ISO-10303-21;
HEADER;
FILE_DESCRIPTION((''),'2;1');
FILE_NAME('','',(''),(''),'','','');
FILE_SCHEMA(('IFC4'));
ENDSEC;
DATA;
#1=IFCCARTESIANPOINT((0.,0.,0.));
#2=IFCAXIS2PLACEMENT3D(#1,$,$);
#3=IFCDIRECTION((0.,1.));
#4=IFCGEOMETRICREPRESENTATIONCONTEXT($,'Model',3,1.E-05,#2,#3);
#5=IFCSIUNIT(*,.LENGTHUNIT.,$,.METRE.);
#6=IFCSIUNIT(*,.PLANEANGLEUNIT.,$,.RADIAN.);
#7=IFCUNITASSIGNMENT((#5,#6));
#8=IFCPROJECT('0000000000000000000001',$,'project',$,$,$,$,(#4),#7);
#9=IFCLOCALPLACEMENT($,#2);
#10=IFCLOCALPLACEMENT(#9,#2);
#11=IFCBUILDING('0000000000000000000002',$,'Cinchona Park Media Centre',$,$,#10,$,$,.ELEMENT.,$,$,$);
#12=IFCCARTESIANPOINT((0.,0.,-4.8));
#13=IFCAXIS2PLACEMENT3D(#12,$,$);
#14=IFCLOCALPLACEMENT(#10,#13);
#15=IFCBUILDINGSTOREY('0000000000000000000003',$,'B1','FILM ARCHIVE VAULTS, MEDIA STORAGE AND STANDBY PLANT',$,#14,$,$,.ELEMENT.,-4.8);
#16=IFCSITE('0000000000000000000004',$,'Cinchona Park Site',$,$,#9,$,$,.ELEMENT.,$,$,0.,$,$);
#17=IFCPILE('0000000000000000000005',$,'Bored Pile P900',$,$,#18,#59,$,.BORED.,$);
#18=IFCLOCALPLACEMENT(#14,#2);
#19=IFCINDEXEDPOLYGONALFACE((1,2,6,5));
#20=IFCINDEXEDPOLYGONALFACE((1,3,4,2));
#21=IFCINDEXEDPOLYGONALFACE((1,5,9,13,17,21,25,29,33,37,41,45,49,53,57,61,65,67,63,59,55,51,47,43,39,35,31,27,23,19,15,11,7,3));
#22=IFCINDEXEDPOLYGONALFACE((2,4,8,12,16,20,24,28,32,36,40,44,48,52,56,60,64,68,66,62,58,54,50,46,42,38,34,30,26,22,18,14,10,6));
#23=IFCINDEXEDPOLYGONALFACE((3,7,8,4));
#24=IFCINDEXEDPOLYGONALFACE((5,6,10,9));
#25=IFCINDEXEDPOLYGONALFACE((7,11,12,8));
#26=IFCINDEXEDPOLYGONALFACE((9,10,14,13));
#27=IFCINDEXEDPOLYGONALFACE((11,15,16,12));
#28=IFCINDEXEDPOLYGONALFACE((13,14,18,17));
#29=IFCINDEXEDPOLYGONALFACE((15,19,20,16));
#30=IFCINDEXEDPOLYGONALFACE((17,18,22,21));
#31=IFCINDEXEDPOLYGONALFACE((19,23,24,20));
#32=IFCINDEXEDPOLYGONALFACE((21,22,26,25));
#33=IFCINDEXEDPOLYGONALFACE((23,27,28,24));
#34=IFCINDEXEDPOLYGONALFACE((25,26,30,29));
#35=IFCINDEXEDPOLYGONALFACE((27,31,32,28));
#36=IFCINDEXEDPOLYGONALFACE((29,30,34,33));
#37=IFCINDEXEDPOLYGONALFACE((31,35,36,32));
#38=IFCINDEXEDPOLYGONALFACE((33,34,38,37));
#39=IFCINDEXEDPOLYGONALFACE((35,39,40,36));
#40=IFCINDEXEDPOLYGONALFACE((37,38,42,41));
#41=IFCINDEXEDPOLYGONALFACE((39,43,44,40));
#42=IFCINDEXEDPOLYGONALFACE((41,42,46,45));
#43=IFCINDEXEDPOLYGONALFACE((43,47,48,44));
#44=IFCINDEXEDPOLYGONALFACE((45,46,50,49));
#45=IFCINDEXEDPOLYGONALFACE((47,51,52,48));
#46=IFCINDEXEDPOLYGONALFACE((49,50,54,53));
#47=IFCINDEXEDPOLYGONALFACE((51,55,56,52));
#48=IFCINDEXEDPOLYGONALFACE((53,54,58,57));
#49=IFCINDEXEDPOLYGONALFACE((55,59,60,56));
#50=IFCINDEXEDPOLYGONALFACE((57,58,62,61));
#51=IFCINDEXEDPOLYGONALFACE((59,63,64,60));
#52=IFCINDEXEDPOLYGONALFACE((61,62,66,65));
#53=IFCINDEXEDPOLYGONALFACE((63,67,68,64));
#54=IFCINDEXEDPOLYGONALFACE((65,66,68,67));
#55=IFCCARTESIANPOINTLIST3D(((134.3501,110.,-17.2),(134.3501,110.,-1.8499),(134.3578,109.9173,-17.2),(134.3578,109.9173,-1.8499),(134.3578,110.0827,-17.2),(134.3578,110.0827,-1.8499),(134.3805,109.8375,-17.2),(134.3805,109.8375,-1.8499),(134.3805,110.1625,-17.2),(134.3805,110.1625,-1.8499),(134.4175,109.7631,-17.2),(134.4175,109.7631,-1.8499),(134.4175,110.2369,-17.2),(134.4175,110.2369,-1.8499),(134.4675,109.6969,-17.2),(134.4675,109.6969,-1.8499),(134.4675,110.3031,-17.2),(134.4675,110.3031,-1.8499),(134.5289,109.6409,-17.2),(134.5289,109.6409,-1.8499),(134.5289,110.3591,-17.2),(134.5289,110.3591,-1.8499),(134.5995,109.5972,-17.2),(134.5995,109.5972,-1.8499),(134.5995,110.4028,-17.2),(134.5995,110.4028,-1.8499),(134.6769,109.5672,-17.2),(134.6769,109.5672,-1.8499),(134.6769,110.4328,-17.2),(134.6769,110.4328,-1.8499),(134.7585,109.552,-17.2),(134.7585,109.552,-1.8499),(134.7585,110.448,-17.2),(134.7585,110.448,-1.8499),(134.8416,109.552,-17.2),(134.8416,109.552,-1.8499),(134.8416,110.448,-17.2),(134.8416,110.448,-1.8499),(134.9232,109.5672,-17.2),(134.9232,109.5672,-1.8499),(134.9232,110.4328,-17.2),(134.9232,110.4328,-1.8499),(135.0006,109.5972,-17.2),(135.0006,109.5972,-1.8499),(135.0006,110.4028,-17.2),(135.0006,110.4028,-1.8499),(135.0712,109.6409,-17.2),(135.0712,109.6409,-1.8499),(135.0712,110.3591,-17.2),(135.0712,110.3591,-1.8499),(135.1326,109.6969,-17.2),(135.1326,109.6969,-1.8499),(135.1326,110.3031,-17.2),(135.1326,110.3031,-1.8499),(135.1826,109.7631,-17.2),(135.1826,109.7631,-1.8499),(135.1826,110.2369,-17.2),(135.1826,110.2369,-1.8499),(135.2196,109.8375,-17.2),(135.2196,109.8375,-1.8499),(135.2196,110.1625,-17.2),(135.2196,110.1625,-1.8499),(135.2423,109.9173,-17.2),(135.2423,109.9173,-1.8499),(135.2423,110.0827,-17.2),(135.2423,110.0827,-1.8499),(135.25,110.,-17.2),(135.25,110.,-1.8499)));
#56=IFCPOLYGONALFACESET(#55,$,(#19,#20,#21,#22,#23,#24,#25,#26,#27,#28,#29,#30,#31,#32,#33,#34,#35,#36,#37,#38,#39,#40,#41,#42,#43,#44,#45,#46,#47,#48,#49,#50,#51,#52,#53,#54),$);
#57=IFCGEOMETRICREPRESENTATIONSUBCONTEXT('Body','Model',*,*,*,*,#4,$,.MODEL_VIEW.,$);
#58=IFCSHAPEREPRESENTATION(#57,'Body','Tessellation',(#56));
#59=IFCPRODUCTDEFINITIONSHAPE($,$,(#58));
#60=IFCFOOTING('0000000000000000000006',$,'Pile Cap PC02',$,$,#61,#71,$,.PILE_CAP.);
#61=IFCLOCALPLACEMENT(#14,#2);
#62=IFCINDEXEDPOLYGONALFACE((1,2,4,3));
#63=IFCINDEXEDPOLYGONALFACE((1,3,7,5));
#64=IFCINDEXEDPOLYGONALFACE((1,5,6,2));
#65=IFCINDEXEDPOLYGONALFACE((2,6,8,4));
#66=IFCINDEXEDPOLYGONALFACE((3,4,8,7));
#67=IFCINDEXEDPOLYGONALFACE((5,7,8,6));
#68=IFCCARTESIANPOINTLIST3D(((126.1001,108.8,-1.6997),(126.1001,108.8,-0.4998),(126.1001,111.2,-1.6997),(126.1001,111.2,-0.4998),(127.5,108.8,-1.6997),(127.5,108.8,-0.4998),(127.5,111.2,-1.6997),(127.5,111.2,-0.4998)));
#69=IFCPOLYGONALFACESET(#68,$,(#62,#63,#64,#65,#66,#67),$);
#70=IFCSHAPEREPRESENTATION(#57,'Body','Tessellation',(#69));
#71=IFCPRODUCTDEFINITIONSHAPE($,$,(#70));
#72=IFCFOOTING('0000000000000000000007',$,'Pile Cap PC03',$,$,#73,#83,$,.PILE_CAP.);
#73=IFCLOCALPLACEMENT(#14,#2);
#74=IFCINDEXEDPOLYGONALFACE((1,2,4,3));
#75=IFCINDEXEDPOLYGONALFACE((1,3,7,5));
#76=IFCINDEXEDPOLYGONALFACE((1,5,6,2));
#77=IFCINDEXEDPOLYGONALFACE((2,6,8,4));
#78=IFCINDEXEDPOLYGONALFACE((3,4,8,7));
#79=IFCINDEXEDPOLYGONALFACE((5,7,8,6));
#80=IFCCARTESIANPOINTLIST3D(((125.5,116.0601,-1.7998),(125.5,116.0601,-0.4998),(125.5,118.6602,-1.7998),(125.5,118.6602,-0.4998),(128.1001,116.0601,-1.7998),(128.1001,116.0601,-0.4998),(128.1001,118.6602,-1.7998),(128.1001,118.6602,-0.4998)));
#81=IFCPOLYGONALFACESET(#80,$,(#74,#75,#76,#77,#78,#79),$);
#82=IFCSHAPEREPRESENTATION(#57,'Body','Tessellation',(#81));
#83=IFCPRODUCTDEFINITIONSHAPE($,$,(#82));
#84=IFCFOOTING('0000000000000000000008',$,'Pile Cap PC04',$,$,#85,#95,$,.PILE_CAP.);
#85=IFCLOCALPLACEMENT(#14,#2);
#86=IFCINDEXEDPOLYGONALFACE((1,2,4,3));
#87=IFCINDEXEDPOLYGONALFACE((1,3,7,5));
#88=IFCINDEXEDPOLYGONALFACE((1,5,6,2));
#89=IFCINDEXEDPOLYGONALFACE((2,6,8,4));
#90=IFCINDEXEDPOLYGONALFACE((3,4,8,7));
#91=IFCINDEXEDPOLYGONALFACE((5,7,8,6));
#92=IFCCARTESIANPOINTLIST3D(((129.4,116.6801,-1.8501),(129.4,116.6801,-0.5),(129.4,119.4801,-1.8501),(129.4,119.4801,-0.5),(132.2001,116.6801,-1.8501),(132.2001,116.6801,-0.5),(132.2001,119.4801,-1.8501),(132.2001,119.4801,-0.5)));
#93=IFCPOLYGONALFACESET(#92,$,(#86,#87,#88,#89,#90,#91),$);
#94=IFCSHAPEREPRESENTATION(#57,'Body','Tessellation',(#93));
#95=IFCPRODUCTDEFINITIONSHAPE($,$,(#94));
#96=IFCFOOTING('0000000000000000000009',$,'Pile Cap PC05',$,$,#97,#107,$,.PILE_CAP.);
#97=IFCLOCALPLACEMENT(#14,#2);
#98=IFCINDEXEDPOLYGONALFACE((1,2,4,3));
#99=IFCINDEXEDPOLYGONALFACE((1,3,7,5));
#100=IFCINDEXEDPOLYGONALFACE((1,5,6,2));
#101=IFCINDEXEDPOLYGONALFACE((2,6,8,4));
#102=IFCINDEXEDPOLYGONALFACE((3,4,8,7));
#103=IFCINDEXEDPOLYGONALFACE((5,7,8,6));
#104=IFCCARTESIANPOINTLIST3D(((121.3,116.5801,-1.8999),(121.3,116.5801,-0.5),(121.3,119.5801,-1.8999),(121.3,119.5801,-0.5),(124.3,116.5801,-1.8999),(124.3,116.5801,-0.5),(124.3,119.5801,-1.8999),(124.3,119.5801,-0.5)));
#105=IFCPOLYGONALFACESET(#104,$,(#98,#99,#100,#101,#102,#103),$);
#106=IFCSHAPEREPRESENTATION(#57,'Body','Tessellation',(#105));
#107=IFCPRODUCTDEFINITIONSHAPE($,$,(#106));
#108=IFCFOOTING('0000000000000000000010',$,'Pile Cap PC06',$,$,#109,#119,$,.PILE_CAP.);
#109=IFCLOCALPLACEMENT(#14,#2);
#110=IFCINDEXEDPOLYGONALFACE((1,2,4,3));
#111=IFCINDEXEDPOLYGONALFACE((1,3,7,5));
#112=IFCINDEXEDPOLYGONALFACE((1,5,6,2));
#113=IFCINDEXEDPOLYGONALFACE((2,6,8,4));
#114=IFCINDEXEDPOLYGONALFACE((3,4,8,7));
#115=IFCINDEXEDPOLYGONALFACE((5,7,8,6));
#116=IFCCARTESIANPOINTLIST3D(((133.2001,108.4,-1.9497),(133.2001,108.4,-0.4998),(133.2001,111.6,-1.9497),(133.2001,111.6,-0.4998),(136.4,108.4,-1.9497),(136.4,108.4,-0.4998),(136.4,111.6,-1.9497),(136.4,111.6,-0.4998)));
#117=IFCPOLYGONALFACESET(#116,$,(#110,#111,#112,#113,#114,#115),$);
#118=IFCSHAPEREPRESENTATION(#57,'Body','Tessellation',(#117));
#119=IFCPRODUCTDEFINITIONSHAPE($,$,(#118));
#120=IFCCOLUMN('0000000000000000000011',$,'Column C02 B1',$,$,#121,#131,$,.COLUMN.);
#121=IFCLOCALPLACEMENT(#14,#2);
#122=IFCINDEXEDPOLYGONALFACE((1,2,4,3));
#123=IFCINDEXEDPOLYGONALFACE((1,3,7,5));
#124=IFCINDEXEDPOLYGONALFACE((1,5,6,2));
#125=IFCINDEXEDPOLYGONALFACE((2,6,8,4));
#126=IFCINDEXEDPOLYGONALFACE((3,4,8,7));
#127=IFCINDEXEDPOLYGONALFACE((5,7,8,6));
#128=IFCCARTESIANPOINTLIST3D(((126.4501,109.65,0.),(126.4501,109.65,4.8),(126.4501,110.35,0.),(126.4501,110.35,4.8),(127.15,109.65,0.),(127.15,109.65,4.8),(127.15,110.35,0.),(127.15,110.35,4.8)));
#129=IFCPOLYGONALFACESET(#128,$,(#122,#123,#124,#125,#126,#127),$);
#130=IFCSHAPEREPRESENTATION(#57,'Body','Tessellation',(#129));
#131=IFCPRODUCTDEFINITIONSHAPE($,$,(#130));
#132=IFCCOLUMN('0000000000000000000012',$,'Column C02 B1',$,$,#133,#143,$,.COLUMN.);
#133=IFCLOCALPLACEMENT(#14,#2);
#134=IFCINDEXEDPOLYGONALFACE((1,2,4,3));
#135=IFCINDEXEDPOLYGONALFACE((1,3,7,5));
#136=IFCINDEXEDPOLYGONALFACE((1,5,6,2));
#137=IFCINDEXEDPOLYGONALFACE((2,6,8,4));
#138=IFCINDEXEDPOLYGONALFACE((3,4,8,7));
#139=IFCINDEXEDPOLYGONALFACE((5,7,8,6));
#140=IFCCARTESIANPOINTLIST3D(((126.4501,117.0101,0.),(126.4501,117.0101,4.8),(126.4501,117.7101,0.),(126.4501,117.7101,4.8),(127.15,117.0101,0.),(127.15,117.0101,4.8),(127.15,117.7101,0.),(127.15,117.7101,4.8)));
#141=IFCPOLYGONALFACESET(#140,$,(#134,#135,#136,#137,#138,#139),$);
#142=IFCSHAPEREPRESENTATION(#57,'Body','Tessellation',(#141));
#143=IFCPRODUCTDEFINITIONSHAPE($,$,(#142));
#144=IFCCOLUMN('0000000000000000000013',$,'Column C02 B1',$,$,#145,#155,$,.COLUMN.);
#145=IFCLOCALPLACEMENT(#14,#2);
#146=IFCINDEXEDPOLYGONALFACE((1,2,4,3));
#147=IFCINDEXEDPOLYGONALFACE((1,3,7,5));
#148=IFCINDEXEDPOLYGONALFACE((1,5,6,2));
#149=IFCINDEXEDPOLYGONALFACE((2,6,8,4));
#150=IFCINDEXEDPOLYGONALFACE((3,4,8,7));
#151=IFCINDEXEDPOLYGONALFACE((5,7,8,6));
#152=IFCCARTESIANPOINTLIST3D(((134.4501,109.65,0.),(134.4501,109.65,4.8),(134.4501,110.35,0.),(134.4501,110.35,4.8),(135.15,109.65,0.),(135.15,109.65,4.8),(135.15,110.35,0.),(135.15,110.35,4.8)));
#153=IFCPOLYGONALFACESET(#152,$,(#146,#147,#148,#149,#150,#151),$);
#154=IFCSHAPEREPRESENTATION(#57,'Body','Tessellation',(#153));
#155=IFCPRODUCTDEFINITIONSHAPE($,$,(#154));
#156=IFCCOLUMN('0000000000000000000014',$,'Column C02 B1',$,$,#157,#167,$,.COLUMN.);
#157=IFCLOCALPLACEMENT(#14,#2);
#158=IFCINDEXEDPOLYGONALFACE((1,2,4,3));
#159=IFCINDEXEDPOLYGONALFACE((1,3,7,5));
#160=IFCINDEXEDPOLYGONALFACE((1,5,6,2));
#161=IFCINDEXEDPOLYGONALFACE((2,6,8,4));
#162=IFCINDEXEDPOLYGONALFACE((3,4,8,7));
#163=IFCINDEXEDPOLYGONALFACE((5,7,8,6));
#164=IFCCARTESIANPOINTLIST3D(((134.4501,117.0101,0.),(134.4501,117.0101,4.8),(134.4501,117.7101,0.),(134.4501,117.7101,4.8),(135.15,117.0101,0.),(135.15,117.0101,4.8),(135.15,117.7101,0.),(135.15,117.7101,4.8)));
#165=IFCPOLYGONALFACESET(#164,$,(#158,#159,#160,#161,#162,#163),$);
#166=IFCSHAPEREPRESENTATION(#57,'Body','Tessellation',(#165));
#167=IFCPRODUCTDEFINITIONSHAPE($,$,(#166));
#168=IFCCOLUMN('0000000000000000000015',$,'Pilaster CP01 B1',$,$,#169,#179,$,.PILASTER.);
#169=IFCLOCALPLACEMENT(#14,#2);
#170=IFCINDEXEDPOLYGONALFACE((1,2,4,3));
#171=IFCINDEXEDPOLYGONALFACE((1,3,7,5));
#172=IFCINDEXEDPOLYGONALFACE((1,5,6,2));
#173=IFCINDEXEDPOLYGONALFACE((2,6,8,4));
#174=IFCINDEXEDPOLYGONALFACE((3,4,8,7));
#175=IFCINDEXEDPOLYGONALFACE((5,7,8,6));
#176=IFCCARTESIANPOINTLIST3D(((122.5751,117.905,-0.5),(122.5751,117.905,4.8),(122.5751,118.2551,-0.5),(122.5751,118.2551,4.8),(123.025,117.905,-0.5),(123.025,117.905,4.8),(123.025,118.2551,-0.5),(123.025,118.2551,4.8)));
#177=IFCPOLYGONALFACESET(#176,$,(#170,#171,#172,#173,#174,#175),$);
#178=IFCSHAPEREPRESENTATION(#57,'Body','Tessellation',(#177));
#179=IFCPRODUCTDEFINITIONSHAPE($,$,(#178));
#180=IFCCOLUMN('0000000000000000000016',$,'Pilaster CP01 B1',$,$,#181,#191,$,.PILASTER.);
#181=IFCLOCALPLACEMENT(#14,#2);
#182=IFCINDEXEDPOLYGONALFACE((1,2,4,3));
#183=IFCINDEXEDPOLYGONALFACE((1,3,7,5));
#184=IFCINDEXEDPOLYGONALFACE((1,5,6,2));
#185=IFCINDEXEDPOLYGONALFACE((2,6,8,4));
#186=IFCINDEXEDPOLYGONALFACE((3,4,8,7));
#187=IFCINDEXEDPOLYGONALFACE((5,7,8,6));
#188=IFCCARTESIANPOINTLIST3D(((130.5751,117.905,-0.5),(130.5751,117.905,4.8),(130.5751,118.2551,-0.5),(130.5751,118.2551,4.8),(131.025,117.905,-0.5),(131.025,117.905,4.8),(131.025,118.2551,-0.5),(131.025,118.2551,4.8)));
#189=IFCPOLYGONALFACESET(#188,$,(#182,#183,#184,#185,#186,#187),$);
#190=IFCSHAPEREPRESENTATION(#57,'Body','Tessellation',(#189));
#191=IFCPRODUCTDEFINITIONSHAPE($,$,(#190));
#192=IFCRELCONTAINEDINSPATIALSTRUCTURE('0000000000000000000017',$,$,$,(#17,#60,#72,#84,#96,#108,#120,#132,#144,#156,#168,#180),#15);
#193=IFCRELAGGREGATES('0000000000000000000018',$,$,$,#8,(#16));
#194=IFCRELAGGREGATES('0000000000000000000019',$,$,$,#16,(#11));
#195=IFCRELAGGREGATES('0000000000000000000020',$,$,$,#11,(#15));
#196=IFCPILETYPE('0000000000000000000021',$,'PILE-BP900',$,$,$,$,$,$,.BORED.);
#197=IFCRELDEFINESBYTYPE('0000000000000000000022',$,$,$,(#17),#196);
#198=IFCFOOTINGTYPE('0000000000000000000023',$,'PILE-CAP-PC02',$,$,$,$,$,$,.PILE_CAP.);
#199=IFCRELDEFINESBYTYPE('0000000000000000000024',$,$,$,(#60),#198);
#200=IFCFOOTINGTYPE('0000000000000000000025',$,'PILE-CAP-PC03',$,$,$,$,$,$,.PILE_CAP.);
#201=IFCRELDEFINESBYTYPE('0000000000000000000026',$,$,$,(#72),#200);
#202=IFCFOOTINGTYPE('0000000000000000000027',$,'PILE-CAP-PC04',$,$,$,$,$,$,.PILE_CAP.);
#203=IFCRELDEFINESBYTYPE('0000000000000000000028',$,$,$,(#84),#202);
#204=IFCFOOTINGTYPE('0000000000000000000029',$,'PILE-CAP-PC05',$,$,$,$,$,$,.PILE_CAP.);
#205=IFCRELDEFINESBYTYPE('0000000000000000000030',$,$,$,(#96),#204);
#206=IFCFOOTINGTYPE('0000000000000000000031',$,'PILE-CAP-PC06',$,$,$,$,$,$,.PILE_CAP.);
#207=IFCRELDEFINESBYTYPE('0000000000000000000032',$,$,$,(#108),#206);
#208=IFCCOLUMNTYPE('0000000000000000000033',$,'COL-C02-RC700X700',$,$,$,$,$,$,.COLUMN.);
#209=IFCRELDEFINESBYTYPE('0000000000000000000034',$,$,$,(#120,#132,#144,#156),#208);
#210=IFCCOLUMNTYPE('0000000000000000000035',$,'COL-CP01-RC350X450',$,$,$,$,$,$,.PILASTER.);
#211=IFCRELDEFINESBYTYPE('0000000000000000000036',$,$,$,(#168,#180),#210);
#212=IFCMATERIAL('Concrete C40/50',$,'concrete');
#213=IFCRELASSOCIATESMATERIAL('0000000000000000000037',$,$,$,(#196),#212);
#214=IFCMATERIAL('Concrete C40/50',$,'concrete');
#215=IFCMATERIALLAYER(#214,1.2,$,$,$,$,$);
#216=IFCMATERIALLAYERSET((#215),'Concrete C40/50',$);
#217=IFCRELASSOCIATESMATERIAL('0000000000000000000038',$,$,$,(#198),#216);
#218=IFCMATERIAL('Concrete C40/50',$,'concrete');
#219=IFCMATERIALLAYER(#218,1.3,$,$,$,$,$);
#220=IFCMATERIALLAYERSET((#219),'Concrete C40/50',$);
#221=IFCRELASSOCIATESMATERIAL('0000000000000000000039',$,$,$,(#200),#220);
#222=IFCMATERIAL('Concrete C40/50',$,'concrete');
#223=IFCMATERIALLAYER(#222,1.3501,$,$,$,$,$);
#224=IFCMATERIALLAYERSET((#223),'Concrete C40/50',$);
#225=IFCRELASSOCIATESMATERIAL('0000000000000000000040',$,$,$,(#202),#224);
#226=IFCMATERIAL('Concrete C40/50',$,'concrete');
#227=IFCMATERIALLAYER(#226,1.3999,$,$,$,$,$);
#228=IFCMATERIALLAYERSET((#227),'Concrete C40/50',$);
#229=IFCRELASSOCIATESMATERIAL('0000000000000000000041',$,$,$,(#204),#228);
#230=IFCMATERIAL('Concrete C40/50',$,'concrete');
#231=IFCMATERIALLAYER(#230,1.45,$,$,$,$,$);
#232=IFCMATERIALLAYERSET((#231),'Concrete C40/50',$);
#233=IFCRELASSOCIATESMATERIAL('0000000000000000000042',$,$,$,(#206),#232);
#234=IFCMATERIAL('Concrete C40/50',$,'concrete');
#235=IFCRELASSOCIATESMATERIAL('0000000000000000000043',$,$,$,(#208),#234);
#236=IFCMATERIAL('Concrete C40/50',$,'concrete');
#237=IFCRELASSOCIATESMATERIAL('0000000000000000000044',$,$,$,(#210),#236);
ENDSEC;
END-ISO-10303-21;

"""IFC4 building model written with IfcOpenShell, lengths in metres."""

from ifc_helpers import new_model, si_unit, direction, frame, origin, origin_2d, place, context, subcontext, project, spatial, rectangle, circle, extrude, material, layer, layer_set, material_profile, profile_set, type_object, element, save


model = new_model("IFC4")

# Units and contexts
model_context = context("Model", 3, precision=1e-05, world=origin(), true_north=direction((0.0, 1.0)))
body_context = subcontext(model_context, "Body", "Model", "MODEL_VIEW")
ifc_project = project(units=[si_unit("LENGTHUNIT", "METRE"), si_unit("PLANEANGLEUNIT", "RADIAN")], contexts=[model_context])

# Site, building, storey
site_placement = place(None, origin())
site = spatial("IfcSite", under=ifc_project, at=site_placement, Name="Cinchona Park Site", CompositionType="ELEMENT", RefElevation=0.0)
building_placement = place(site_placement, origin())
building = spatial("IfcBuilding", under=site, at=building_placement, Name="Cinchona Park Media Centre", CompositionType="ELEMENT")
storey_placement = place(building_placement, frame((0.0, 0.0, -4.8)))
storey = spatial("IfcBuildingStorey", under=building, at=storey_placement, Name="B1", Description="FILM ARCHIVE VAULTS, MEDIA STORAGE AND STANDBY PLANT", CompositionType="ELEMENT", Elevation=-4.8)

# Pile
ifc_material_1 = material(Name="Concrete C40/50", Category="concrete")
ifc_material_profile_1 = material_profile(ifc_material_1, circle(Radius=0.45, at=origin_2d()), Name="BORED PILE 900")
ifc_profile_set_1 = profile_set([ifc_material_profile_1], Name="Concrete C40/50")
pile_type_1 = type_object("IfcPileType", Name="PILE-BP900", PredefinedType="BORED", material=ifc_profile_set_1)
pile_1_placement = place(storey_placement, frame((134.8, 110.0, -1.8499), z_axis=(0.0, 0.0, -1.0), x_axis=(1.0, 0.0, 0.0)))
element("IfcPile", 1, at=pile_1_placement, inside=storey, type_object=pile_type_1, Name="Bored Pile P900", PredefinedType="BORED", context=body_context, shape_type="SweptSolid", body=[
    extrude(circle(Radius=0.45, at=origin_2d()), origin(), (0.0, 0.0, 1.0), 15.3501),
])

# Footings
ifc_material_2 = material(Name="Concrete C40/50", Category="concrete")
ifc_layer_1 = layer(ifc_material_2, 1.2)
ifc_layer_set_1 = layer_set([ifc_layer_1], Name="Concrete C40/50")
footing_type_1 = type_object("IfcFootingType", Name="PILE-CAP-PC02", PredefinedType="PILE_CAP", material=ifc_layer_set_1)
footing_1_placement = place(storey_placement, frame((126.8, 110.0, -1.6997), z_axis=(0.0, 0.0, 1.0), x_axis=(1.0, 0.0, 0.0)))
element("IfcFooting", 2, at=footing_1_placement, inside=storey, type_object=footing_type_1, Name="Pile Cap PC02", PredefinedType="PILE_CAP", context=body_context, shape_type="SweptSolid", body=[
    extrude(rectangle(XDim=1.3999, YDim=2.3999, at=origin_2d()), origin(), (0.0, 0.0, 1.0), 1.2),
])
ifc_material_3 = material(Name="Concrete C40/50", Category="concrete")
ifc_layer_2 = layer(ifc_material_3, 1.3)
ifc_layer_set_2 = layer_set([ifc_layer_2], Name="Concrete C40/50")
footing_type_2 = type_object("IfcFootingType", Name="PILE-CAP-PC03", PredefinedType="PILE_CAP", material=ifc_layer_set_2)
footing_2_placement = place(storey_placement, frame((126.8, 117.3601, -1.7998), z_axis=(0.0, 0.0, 1.0), x_axis=(1.0, 0.0, 0.0)))
element("IfcFooting", 3, at=footing_2_placement, inside=storey, type_object=footing_type_2, Name="Pile Cap PC03", PredefinedType="PILE_CAP", context=body_context, shape_type="SweptSolid", body=[
    extrude(rectangle(XDim=2.6001, YDim=2.6001, at=origin_2d()), origin(), (0.0, 0.0, 1.0), 1.3),
])
ifc_material_4 = material(Name="Concrete C40/50", Category="concrete")
ifc_layer_3 = layer(ifc_material_4, 1.3501)
ifc_layer_set_3 = layer_set([ifc_layer_3], Name="Concrete C40/50")
footing_type_3 = type_object("IfcFootingType", Name="PILE-CAP-PC04", PredefinedType="PILE_CAP", material=ifc_layer_set_3)
footing_3_placement = place(storey_placement, frame((130.8, 118.0801, -1.8501), z_axis=(0.0, 0.0, 1.0), x_axis=(1.0, 0.0, 0.0)))
element("IfcFooting", 4, at=footing_3_placement, inside=storey, type_object=footing_type_3, Name="Pile Cap PC04", PredefinedType="PILE_CAP", context=body_context, shape_type="SweptSolid", body=[
    extrude(rectangle(XDim=2.8, YDim=2.8, at=origin_2d()), origin(), (0.0, 0.0, 1.0), 1.3501),
])
ifc_material_5 = material(Name="Concrete C40/50", Category="concrete")
ifc_layer_4 = layer(ifc_material_5, 1.3999)
ifc_layer_set_4 = layer_set([ifc_layer_4], Name="Concrete C40/50")
footing_type_4 = type_object("IfcFootingType", Name="PILE-CAP-PC05", PredefinedType="PILE_CAP", material=ifc_layer_set_4)
footing_4_placement = place(storey_placement, frame((122.8, 118.0801, -1.8999), z_axis=(0.0, 0.0, 1.0), x_axis=(1.0, 0.0, 0.0)))
element("IfcFooting", 5, at=footing_4_placement, inside=storey, type_object=footing_type_4, Name="Pile Cap PC05", PredefinedType="PILE_CAP", context=body_context, shape_type="SweptSolid", body=[
    extrude(rectangle(XDim=3.0, YDim=3.0, at=origin_2d()), origin(), (0.0, 0.0, 1.0), 1.3999),
])
ifc_material_6 = material(Name="Concrete C40/50", Category="concrete")
ifc_layer_5 = layer(ifc_material_6, 1.45)
ifc_layer_set_5 = layer_set([ifc_layer_5], Name="Concrete C40/50")
footing_type_5 = type_object("IfcFootingType", Name="PILE-CAP-PC06", PredefinedType="PILE_CAP", material=ifc_layer_set_5)
footing_5_placement = place(storey_placement, frame((134.8, 110.0, -1.9497), z_axis=(0.0, 0.0, 1.0), x_axis=(1.0, 0.0, 0.0)))
element("IfcFooting", 6, at=footing_5_placement, inside=storey, type_object=footing_type_5, Name="Pile Cap PC06", PredefinedType="PILE_CAP", context=body_context, shape_type="SweptSolid", body=[
    extrude(rectangle(XDim=3.2, YDim=3.2, at=origin_2d()), origin(), (0.0, 0.0, 1.0), 1.45),
])

# Columns
ifc_material_7 = material(Name="Concrete C40/50", Category="concrete")
ifc_material_profile_2 = material_profile(ifc_material_7, rectangle(XDim=0.7, YDim=0.7, at=origin_2d()), Name="RC 700X700")
ifc_profile_set_2 = profile_set([ifc_material_profile_2], Name="Concrete C40/50")
column_type_1 = type_object("IfcColumnType", Name="COL-C02-RC700X700", PredefinedType="COLUMN", material=ifc_profile_set_2)
for number, where, z_axis, x_axis, name in (
    (7, (126.8, 110.0, 0.0), (0.0, 0.0, 1.0), (1.0, 0.0, 0.0), "Column C02 B1"),
    (8, (126.8, 117.3601, 0.0), (0.0, 0.0, 1.0), (1.0, 0.0, 0.0), "Column C02 B1"),
    (9, (134.8, 110.0, 0.0), (0.0, 0.0, 1.0), (1.0, 0.0, 0.0), "Column C02 B1"),
    (10, (134.8, 117.3601, 0.0), (0.0, 0.0, 1.0), (1.0, 0.0, 0.0), "Column C02 B1"),
):
    element("IfcColumn", number, at=place(storey_placement, frame(where, z_axis=z_axis, x_axis=x_axis)), inside=storey, type_object=column_type_1, Name=name, PredefinedType="COLUMN", context=body_context, shape_type="SweptSolid", body=[
        extrude(rectangle(XDim=0.7, YDim=0.7, at=origin_2d()), origin(), (0.0, 0.0, 1.0), 4.8),
    ])
ifc_material_8 = material(Name="Concrete C40/50", Category="concrete")
ifc_material_profile_3 = material_profile(ifc_material_8, rectangle(XDim=0.3501, YDim=0.45, at=origin_2d()), Name="RC 350X450")
ifc_profile_set_3 = profile_set([ifc_material_profile_3], Name="Concrete C40/50")
column_type_2 = type_object("IfcColumnType", Name="COL-CP01-RC350X450", PredefinedType="PILASTER", material=ifc_profile_set_3)
for number, where, z_axis, x_axis, name in (
    (11, (122.8, 118.0801, -0.5), (0.0, 0.0, 1.0), (0.0, 1.0, 0.0), "Pilaster CP01 B1"),
    (12, (130.8, 118.0801, -0.5), (0.0, 0.0, 1.0), (0.0, 1.0, 0.0), "Pilaster CP01 B1"),
):
    element("IfcColumn", number, at=place(storey_placement, frame(where, z_axis=z_axis, x_axis=x_axis)), inside=storey, type_object=column_type_2, Name=name, PredefinedType="PILASTER", context=body_context, shape_type="SweptSolid", body=[
        extrude(rectangle(XDim=0.3501, YDim=0.45, at=origin_2d()), origin(), (0.0, 0.0, 1.0), 5.3),
    ])

save(model, "model.ifc")
